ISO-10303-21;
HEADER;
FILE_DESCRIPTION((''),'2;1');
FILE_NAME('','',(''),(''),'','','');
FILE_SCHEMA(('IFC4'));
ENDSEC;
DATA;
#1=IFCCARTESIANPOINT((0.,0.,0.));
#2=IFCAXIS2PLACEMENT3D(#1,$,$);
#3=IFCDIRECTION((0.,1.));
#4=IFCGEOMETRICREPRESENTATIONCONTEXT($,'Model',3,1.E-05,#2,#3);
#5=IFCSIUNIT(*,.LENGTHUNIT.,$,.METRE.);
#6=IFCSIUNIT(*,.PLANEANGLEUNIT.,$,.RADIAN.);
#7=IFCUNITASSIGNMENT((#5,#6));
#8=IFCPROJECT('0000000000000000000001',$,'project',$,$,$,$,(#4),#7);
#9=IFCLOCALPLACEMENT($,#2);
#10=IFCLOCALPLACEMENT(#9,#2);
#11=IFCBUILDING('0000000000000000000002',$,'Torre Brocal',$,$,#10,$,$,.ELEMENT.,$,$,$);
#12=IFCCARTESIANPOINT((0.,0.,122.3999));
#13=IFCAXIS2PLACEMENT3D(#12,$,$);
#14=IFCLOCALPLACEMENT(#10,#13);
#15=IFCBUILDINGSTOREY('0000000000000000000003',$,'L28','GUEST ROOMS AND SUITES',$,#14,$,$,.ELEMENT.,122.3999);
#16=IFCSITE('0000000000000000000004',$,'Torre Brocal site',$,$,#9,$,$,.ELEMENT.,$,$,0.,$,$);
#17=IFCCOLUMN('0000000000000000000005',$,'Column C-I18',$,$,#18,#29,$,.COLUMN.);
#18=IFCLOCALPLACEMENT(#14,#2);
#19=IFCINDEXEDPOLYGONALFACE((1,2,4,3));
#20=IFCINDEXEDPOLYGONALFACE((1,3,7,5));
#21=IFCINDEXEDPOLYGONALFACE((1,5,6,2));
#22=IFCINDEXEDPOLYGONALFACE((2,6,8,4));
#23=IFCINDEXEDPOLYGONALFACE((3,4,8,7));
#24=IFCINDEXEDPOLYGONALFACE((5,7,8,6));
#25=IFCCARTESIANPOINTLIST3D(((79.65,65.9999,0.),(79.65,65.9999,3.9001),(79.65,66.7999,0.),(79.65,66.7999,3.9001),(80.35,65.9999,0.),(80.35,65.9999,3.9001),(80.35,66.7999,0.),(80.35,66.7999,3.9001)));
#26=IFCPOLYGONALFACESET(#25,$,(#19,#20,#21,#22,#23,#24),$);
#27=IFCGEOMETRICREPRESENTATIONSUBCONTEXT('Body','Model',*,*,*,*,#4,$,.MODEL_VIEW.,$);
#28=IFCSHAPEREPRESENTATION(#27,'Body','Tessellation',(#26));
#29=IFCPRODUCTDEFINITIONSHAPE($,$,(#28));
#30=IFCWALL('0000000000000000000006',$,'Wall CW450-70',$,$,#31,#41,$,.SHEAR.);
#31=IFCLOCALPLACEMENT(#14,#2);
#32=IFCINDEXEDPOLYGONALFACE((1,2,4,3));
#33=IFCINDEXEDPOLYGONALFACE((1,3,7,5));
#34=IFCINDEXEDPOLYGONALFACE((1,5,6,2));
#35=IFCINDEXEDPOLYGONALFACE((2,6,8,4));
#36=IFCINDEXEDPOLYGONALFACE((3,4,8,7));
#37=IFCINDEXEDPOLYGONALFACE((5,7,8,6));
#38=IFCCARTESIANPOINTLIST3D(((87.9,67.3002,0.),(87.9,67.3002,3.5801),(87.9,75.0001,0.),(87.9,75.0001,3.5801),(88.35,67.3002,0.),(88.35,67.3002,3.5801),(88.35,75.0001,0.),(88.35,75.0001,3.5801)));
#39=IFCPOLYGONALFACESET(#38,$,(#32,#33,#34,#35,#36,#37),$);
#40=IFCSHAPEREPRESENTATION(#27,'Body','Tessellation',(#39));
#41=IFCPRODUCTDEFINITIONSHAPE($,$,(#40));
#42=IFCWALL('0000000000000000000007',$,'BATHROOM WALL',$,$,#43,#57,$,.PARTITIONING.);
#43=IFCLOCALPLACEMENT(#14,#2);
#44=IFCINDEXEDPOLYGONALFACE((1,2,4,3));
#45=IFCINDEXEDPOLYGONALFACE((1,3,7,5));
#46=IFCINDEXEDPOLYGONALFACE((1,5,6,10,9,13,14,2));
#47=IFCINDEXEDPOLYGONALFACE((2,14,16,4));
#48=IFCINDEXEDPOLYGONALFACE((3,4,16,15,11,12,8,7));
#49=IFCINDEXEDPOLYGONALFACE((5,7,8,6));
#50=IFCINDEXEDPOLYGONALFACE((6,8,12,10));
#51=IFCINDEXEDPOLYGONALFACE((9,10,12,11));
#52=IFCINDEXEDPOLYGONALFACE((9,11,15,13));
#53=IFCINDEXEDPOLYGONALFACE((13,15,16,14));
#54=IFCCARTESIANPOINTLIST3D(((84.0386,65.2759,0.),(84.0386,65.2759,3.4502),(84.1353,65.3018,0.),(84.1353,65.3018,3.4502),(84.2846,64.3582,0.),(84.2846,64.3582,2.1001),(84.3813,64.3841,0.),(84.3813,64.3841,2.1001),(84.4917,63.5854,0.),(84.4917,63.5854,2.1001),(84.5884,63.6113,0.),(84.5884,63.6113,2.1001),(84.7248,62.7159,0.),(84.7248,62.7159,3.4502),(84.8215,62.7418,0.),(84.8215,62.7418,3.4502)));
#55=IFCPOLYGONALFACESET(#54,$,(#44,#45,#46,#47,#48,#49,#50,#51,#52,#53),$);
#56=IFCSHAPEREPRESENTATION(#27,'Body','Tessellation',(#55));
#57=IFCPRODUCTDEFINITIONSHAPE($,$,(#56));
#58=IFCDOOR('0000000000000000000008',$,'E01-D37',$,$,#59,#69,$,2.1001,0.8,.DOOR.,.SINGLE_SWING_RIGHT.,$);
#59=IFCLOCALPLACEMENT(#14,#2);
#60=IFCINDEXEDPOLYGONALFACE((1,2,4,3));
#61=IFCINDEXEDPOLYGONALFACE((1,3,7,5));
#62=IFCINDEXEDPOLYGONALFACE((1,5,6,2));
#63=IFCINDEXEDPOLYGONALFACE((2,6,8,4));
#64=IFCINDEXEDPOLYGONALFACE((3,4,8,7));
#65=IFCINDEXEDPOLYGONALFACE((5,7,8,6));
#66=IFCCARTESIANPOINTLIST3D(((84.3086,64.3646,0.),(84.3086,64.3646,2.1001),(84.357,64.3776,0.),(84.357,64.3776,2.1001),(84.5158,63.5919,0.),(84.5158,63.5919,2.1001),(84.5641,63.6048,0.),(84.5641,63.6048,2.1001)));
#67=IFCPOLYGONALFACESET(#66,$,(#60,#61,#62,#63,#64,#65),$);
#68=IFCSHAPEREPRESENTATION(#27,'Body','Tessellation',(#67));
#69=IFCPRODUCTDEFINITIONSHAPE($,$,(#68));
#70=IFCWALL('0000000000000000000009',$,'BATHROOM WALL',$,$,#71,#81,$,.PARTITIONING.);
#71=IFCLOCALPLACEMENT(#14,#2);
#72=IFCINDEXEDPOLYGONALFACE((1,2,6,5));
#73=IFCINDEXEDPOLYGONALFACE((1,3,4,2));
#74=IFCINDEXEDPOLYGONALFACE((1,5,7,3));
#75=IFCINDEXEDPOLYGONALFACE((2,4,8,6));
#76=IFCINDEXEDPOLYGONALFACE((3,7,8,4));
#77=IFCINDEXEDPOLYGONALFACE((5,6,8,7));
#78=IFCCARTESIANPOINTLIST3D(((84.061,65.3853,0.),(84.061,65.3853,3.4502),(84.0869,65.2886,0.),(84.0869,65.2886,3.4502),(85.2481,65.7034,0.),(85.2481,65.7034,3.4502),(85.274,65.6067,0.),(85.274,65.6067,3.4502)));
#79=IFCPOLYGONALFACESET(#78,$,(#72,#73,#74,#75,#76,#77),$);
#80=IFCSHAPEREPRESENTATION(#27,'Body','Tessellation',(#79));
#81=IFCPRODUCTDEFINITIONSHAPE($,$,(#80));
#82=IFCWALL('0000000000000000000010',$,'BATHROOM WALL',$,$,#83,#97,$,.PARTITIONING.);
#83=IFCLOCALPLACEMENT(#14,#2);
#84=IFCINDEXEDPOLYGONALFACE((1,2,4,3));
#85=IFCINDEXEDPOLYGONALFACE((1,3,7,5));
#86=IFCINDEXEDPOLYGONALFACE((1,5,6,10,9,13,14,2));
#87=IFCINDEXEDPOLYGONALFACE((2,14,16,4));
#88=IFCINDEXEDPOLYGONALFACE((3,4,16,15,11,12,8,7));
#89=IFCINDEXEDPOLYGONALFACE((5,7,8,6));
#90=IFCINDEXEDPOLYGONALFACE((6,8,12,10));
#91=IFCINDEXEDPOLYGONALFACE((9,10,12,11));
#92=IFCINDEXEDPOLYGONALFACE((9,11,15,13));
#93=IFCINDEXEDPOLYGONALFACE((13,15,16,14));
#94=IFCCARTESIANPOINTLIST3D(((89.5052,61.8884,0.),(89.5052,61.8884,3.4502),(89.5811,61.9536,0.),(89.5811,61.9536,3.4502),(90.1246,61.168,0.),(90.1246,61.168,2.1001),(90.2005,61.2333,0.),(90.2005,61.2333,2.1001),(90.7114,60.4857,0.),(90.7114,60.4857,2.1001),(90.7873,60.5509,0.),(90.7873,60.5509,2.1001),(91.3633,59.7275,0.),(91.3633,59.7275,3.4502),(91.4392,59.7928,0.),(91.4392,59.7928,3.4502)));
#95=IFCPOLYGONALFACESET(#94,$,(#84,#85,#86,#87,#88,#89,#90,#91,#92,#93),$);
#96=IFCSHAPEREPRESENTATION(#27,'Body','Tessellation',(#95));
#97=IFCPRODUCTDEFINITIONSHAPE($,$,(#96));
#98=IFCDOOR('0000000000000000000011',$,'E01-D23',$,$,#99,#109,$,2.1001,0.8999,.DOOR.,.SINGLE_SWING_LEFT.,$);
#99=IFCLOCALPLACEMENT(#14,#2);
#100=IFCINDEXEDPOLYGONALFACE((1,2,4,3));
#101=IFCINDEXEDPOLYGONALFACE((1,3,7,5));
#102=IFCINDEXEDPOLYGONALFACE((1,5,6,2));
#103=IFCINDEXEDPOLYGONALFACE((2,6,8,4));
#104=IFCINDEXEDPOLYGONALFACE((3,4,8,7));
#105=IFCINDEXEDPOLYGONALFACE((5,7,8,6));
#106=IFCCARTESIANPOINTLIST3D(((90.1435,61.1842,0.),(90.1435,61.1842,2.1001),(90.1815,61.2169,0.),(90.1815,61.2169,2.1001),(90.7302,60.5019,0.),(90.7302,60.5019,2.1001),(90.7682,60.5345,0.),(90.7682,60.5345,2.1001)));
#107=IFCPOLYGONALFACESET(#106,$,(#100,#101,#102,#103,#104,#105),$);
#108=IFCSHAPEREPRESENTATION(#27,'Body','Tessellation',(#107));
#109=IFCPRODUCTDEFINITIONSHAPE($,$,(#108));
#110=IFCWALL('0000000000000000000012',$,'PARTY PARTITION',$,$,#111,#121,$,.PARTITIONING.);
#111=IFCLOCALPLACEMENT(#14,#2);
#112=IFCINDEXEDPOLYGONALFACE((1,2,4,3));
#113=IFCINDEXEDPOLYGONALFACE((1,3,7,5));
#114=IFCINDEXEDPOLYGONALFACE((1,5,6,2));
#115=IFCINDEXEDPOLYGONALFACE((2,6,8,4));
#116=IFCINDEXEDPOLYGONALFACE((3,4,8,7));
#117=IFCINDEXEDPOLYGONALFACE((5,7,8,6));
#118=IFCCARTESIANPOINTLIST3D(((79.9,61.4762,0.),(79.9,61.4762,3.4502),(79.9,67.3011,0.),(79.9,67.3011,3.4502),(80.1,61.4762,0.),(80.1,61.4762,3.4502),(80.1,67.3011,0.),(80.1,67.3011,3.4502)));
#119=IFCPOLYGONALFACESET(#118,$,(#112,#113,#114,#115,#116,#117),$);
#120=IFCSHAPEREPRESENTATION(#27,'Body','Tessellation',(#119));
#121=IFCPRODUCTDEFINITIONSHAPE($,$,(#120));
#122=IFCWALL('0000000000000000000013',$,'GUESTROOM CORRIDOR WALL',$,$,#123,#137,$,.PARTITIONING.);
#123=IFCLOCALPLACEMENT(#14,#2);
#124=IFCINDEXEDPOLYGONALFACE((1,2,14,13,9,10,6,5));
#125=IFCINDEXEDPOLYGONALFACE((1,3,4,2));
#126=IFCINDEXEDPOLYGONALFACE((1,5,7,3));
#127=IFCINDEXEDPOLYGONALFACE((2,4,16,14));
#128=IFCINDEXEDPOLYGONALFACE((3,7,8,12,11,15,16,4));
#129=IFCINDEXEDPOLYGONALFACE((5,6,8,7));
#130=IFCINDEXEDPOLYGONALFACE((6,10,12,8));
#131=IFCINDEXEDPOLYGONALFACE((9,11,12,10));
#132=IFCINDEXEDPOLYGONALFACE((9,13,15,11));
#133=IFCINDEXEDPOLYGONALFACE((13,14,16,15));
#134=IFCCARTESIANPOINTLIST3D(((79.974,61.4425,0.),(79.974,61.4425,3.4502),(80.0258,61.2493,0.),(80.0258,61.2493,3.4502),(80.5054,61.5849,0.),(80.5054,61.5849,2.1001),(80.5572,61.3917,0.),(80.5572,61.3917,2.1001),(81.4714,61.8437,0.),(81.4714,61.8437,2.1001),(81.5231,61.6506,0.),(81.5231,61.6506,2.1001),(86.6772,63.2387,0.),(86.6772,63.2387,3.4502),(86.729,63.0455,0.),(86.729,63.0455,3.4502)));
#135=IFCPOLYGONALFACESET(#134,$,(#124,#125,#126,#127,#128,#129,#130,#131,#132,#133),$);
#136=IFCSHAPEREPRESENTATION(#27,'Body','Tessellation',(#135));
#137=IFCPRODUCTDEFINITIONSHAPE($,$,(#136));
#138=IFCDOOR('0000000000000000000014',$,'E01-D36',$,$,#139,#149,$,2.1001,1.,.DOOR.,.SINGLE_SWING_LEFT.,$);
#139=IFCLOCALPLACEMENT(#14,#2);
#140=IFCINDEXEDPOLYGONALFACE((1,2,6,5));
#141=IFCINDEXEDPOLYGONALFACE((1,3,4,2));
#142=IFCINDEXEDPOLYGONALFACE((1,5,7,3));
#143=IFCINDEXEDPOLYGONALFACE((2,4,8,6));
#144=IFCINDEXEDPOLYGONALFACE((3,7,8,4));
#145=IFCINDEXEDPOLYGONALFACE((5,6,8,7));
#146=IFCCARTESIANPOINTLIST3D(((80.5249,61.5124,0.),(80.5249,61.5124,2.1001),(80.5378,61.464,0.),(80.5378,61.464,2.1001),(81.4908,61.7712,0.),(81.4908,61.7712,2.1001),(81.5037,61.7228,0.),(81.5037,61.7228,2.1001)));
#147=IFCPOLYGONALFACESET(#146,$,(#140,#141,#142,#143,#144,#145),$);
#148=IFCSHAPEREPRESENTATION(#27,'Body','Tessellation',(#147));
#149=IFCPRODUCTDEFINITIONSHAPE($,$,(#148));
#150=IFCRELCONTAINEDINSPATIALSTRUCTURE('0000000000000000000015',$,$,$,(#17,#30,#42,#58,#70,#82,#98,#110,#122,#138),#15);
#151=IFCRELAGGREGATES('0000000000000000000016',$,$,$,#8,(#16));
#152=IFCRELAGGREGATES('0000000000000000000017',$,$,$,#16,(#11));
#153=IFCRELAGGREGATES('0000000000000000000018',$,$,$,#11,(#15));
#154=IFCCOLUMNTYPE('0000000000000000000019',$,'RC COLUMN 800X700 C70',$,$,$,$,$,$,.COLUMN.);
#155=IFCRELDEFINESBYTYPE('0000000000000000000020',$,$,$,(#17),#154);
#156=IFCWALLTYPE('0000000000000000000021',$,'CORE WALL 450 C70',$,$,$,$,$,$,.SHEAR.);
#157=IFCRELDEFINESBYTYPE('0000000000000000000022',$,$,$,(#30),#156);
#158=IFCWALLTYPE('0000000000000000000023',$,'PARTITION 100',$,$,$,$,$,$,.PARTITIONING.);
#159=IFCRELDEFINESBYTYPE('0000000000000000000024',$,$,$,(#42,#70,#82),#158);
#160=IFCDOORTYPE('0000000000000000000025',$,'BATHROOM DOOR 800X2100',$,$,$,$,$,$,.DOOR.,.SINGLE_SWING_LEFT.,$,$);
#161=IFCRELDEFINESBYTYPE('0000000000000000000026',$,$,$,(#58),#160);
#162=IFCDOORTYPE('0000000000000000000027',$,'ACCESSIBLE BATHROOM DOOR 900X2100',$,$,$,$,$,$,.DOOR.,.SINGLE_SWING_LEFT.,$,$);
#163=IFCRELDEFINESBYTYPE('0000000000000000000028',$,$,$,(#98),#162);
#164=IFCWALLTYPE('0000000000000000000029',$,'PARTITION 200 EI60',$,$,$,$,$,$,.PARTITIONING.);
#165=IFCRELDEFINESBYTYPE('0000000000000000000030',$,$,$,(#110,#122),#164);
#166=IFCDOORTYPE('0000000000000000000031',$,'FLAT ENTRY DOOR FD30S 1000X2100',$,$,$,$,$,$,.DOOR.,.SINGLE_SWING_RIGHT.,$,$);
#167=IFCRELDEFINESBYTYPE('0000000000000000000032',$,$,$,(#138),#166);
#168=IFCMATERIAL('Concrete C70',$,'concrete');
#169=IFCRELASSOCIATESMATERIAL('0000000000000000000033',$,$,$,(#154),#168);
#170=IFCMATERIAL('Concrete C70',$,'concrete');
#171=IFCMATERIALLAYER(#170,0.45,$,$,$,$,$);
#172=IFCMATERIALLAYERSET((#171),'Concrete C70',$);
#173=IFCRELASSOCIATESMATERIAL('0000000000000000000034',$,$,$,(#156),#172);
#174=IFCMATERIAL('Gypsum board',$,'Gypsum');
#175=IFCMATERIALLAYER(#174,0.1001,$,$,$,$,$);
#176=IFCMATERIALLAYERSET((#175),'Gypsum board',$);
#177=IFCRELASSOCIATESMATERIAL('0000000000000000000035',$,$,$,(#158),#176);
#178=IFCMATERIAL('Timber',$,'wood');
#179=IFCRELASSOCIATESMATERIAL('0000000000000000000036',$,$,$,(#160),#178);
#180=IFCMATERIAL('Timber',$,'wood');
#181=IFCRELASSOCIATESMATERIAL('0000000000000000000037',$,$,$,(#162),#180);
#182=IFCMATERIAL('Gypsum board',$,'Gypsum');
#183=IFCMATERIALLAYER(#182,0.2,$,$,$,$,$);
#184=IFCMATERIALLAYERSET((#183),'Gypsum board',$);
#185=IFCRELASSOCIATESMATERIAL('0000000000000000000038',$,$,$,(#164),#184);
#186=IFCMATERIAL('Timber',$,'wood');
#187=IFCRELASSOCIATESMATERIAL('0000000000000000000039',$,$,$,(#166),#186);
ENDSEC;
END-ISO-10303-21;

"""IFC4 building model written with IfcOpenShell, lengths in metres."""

from ifc_helpers import new_model, si_unit, direction, frame, frame_2d, origin, origin_2d, place, context, subcontext, project, spatial, rectangle, extrude, material, layer, layer_set, material_profile, profile_set, type_object, element, fill, save


model = new_model("IFC4")

# Units and contexts
model_context = context("Model", 3, precision=1e-05, world=origin(), true_north=direction((0.0, 1.0)))
body_context = subcontext(model_context, "Body", "Model", "MODEL_VIEW")
ifc_project = project(units=[si_unit("LENGTHUNIT", "METRE"), si_unit("PLANEANGLEUNIT", "RADIAN")], contexts=[model_context])

# Site, building, storey
site_placement = place(None, origin())
site = spatial("IfcSite", under=ifc_project, at=site_placement, Name="Torre Brocal site", CompositionType="ELEMENT", RefElevation=0.0)
building_placement = place(site_placement, origin())
building = spatial("IfcBuilding", under=site, at=building_placement, Name="Torre Brocal", CompositionType="ELEMENT")
storey_placement = place(building_placement, frame((0.0, 0.0, 122.3999)))
storey = spatial("IfcBuildingStorey", under=building, at=storey_placement, Name="L28", Description="GUEST ROOMS AND SUITES", CompositionType="ELEMENT", Elevation=122.3999)

# Column
ifc_material_1 = material(Name="Concrete C70", Category="concrete")
ifc_material_profile = material_profile(ifc_material_1, rectangle(XDim=0.8, YDim=0.7, at=origin_2d()), Name="RC 800X700")
ifc_profile_set = profile_set([ifc_material_profile], Name="Concrete C70")
column_type = type_object("IfcColumnType", Name="RC COLUMN 800X700 C70", PredefinedType="COLUMN", material=ifc_profile_set)
column_placement = place(storey_placement, frame((80.0, 66.3999, 0.0), z_axis=(0.0, 0.0, 1.0), x_axis=(0.0, -1.0, 0.0)))
element("IfcColumn", 1, at=column_placement, inside=storey, type_object=column_type, Name="Column C-I18", PredefinedType="COLUMN", context=body_context, shape_type="SweptSolid", body=[
    extrude(rectangle(XDim=0.8, YDim=0.7, at=origin_2d()), origin(), (0.0, 0.0, 1.0), 3.9001),
])

# Wall
ifc_material_2 = material(Name="Concrete C70", Category="concrete")
ifc_layer_1 = layer(ifc_material_2, 0.45)
ifc_layer_set_1 = layer_set([ifc_layer_1], Name="Concrete C70")
wall_type_1 = type_object("IfcWallType", Name="CORE WALL 450 C70", PredefinedType="SHEAR", material=ifc_layer_set_1)
wall_1_placement = place(storey_placement, frame((88.125, 67.3, 0.0), z_axis=(0.0, 0.0, 1.0), x_axis=(0.0, 1.0, 0.0)))
element("IfcWall", 2, at=wall_1_placement, inside=storey, type_object=wall_type_1, Name="Wall CW450-70", PredefinedType="SHEAR", context=body_context, shape_type="SweptSolid", body=[
    extrude(rectangle(XDim=7.7, YDim=0.45, at=frame_2d((3.8501, 0.0))), origin(), (0.0, 0.0, 1.0), 3.5801),
])

# Wall, opening, door
ifc_material_3 = material(Name="Gypsum board", Category="Gypsum")
ifc_layer_2 = layer(ifc_material_3, 0.1001)
ifc_layer_set_2 = layer_set([ifc_layer_2], Name="Gypsum board")
wall_type_2 = type_object("IfcWallType", Name="PARTITION 100", PredefinedType="PARTITIONING", material=ifc_layer_set_2)
wall_2_placement = place(storey_placement, frame((84.0869, 65.2888, 0.0), z_axis=(0.0, 0.0, 1.0), x_axis=(0.258929, -0.965896, 0.0)))
wall_2 = element("IfcWall", 3, at=wall_2_placement, inside=storey, type_object=wall_type_2, Name="BATHROOM WALL", PredefinedType="PARTITIONING", context=body_context, shape_type="SweptSolid", body=[
    extrude(rectangle(XDim=2.6504, YDim=0.1001, at=frame_2d((1.3252, 0.0))), origin(), (0.0, 0.0, 1.0), 3.4502),
])
opening_1_placement = place(wall_2_placement, frame((0.9502, 0.0, 0.0)))
opening_1 = element("IfcOpeningElement", 4, at=opening_1_placement, cuts=wall_2, PredefinedType="OPENING", context=body_context, shape_type="SweptSolid", body=[
    extrude(rectangle(XDim=0.8, YDim=2.1001, at=frame_2d((0.3999, 1.05))), frame((0.0, 0.0601, 0.0), z_axis=(0.0, -1.0, 0.0), x_axis=(1.0, 0.0, 0.0)), (0.0, 0.0, 1.0), 0.1201),
])
ifc_material_4 = material(Name="Timber", Category="wood")
door_type_1 = type_object("IfcDoorType", Name="BATHROOM DOOR 800X2100", OperationType="SINGLE_SWING_LEFT", PredefinedType="DOOR", material=ifc_material_4)
door_1_placement = place(opening_1_placement, origin())
door_1 = element("IfcDoor", 5, at=door_1_placement, inside=storey, type_object=door_type_1, Name="E01-D37", OperationType="SINGLE_SWING_RIGHT", OverallHeight=2.1001, OverallWidth=0.8, PredefinedType="DOOR", context=body_context, shape_type="SweptSolid", body=[
    extrude(rectangle(XDim=0.8, YDim=2.1001, at=frame_2d((0.3999, 1.05))), frame((0.0, 0.0249, 0.0), z_axis=(0.0, -1.0, 0.0), x_axis=(1.0, 0.0, 0.0)), (0.0, 0.0, 1.0), 0.05),
])
fill(opening_1, door_1)

# Wall
wall_3_placement = place(storey_placement, frame((84.074, 65.3369, 0.0), z_axis=(0.0, 0.0, 1.0), x_axis=(0.965914, 0.258862, 0.0)))
element("IfcWall", 6, at=wall_3_placement, inside=storey, type_object=wall_type_2, Name="BATHROOM WALL", PredefinedType="PARTITIONING", context=body_context, shape_type="SweptSolid", body=[
    extrude(rectangle(XDim=1.229, YDim=0.1001, at=frame_2d((0.6145, 0.0))), origin(), (0.0, 0.0, 1.0), 3.4502),
])

# Wall, opening, door
wall_4_placement = place(storey_placement, frame((89.5432, 61.9209, 0.0), z_axis=(0.0, 0.0, 1.0), x_axis=(0.651997, -0.758222, 0.0)))
wall_4 = element("IfcWall", 7, at=wall_4_placement, inside=storey, type_object=wall_type_2, Name="BATHROOM WALL", PredefinedType="PARTITIONING", context=body_context, shape_type="SweptSolid", body=[
    extrude(rectangle(XDim=2.8499, YDim=0.1001, at=frame_2d((1.4248, 0.0))), origin(), (0.0, 0.0, 1.0), 3.4502),
])
opening_2_placement = place(wall_4_placement, frame((0.95, 0.0, 0.0)))
opening_2 = element("IfcOpeningElement", 8, at=opening_2_placement, cuts=wall_4, PredefinedType="OPENING", context=body_context, shape_type="SweptSolid", body=[
    extrude(rectangle(XDim=0.8999, YDim=2.1001, at=frame_2d((0.45, 1.05))), frame((0.0, 0.0601, 0.0), z_axis=(0.0, -1.0, 0.0), x_axis=(1.0, 0.0, 0.0)), (0.0, 0.0, 1.0), 0.1201),
])
ifc_material_5 = material(Name="Timber", Category="wood")
door_type_2 = type_object("IfcDoorType", Name="ACCESSIBLE BATHROOM DOOR 900X2100", OperationType="SINGLE_SWING_LEFT", PredefinedType="DOOR", material=ifc_material_5)
door_2_placement = place(opening_2_placement, origin())
door_2 = element("IfcDoor", 9, at=door_2_placement, inside=storey, type_object=door_type_2, Name="E01-D23", OperationType="SINGLE_SWING_LEFT", OverallHeight=2.1001, OverallWidth=0.8999, PredefinedType="DOOR", context=body_context, shape_type="SweptSolid", body=[
    extrude(rectangle(XDim=0.8999, YDim=2.1001, at=frame_2d((0.45, 1.05))), frame((0.0, 0.0249, 0.0), z_axis=(0.0, -1.0, 0.0), x_axis=(1.0, 0.0, 0.0)), (0.0, 0.0, 1.0), 0.05),
])
fill(opening_2, door_2)

# Wall
ifc_material_6 = material(Name="Gypsum board", Category="Gypsum")
ifc_layer_3 = layer(ifc_material_6, 0.2)
ifc_layer_set_3 = layer_set([ifc_layer_3], Name="Gypsum board")
wall_type_3 = type_object("IfcWallType", Name="PARTITION 200 EI60", PredefinedType="PARTITIONING", material=ifc_layer_set_3)
wall_5_placement = place(storey_placement, frame((80.0, 61.4761, 0.0), z_axis=(0.0, 0.0, 1.0), x_axis=(0.0, 1.0, 0.0)))
element("IfcWall", 10, at=wall_5_placement, inside=storey, type_object=wall_type_3, Name="PARTY PARTITION", PredefinedType="PARTITIONING", context=body_context, shape_type="SweptSolid", body=[
    extrude(rectangle(XDim=5.825, YDim=0.2, at=frame_2d((2.9126, 0.0))), origin(), (0.0, 0.0, 1.0), 3.4502),
])

# Wall, opening, door
wall_6_placement = place(storey_placement, frame((80.0, 61.3459, 0.0), z_axis=(0.0, 0.0, 1.0), x_axis=(0.965924, 0.258825, 0.0)))
wall_6 = element("IfcWall", 11, at=wall_6_placement, inside=storey, type_object=wall_type_3, Name="GUESTROOM CORRIDOR WALL", PredefinedType="PARTITIONING", context=body_context, shape_type="SweptSolid", body=[
    extrude(rectangle(XDim=6.9397, YDim=0.2, at=frame_2d((3.4697, 0.0))), origin(), (0.0, 0.0, 1.0), 3.4502),
])
opening_3_placement = place(wall_6_placement, frame((0.55, 0.0, 0.0)))
opening_3 = element("IfcOpeningElement", 12, at=opening_3_placement, cuts=wall_6, PredefinedType="OPENING", context=body_context, shape_type="SweptSolid", body=[
    extrude(rectangle(XDim=1.0, YDim=2.1001, at=frame_2d((0.5, 1.05))), frame((0.0, 0.1099, 0.0), z_axis=(0.0, -1.0, 0.0), x_axis=(1.0, 0.0, 0.0)), (0.0, 0.0, 1.0), 0.22),
])
ifc_material_7 = material(Name="Timber", Category="wood")
door_type_3 = type_object("IfcDoorType", Name="FLAT ENTRY DOOR FD30S 1000X2100", OperationType="SINGLE_SWING_RIGHT", PredefinedType="DOOR", material=ifc_material_7)
door_3_placement = place(opening_3_placement, origin())
door_3 = element("IfcDoor", 13, at=door_3_placement, inside=storey, type_object=door_type_3, Name="E01-D36", OperationType="SINGLE_SWING_LEFT", OverallHeight=2.1001, OverallWidth=1.0, PredefinedType="DOOR", context=body_context, shape_type="SweptSolid", body=[
    extrude(rectangle(XDim=1.0, YDim=2.1001, at=frame_2d((0.5, 1.05))), frame((0.0, 0.0249, 0.0), z_axis=(0.0, -1.0, 0.0), x_axis=(1.0, 0.0, 0.0)), (0.0, 0.0, 1.0), 0.05),
])
fill(opening_3, door_3)

save(model, "model.ifc")
